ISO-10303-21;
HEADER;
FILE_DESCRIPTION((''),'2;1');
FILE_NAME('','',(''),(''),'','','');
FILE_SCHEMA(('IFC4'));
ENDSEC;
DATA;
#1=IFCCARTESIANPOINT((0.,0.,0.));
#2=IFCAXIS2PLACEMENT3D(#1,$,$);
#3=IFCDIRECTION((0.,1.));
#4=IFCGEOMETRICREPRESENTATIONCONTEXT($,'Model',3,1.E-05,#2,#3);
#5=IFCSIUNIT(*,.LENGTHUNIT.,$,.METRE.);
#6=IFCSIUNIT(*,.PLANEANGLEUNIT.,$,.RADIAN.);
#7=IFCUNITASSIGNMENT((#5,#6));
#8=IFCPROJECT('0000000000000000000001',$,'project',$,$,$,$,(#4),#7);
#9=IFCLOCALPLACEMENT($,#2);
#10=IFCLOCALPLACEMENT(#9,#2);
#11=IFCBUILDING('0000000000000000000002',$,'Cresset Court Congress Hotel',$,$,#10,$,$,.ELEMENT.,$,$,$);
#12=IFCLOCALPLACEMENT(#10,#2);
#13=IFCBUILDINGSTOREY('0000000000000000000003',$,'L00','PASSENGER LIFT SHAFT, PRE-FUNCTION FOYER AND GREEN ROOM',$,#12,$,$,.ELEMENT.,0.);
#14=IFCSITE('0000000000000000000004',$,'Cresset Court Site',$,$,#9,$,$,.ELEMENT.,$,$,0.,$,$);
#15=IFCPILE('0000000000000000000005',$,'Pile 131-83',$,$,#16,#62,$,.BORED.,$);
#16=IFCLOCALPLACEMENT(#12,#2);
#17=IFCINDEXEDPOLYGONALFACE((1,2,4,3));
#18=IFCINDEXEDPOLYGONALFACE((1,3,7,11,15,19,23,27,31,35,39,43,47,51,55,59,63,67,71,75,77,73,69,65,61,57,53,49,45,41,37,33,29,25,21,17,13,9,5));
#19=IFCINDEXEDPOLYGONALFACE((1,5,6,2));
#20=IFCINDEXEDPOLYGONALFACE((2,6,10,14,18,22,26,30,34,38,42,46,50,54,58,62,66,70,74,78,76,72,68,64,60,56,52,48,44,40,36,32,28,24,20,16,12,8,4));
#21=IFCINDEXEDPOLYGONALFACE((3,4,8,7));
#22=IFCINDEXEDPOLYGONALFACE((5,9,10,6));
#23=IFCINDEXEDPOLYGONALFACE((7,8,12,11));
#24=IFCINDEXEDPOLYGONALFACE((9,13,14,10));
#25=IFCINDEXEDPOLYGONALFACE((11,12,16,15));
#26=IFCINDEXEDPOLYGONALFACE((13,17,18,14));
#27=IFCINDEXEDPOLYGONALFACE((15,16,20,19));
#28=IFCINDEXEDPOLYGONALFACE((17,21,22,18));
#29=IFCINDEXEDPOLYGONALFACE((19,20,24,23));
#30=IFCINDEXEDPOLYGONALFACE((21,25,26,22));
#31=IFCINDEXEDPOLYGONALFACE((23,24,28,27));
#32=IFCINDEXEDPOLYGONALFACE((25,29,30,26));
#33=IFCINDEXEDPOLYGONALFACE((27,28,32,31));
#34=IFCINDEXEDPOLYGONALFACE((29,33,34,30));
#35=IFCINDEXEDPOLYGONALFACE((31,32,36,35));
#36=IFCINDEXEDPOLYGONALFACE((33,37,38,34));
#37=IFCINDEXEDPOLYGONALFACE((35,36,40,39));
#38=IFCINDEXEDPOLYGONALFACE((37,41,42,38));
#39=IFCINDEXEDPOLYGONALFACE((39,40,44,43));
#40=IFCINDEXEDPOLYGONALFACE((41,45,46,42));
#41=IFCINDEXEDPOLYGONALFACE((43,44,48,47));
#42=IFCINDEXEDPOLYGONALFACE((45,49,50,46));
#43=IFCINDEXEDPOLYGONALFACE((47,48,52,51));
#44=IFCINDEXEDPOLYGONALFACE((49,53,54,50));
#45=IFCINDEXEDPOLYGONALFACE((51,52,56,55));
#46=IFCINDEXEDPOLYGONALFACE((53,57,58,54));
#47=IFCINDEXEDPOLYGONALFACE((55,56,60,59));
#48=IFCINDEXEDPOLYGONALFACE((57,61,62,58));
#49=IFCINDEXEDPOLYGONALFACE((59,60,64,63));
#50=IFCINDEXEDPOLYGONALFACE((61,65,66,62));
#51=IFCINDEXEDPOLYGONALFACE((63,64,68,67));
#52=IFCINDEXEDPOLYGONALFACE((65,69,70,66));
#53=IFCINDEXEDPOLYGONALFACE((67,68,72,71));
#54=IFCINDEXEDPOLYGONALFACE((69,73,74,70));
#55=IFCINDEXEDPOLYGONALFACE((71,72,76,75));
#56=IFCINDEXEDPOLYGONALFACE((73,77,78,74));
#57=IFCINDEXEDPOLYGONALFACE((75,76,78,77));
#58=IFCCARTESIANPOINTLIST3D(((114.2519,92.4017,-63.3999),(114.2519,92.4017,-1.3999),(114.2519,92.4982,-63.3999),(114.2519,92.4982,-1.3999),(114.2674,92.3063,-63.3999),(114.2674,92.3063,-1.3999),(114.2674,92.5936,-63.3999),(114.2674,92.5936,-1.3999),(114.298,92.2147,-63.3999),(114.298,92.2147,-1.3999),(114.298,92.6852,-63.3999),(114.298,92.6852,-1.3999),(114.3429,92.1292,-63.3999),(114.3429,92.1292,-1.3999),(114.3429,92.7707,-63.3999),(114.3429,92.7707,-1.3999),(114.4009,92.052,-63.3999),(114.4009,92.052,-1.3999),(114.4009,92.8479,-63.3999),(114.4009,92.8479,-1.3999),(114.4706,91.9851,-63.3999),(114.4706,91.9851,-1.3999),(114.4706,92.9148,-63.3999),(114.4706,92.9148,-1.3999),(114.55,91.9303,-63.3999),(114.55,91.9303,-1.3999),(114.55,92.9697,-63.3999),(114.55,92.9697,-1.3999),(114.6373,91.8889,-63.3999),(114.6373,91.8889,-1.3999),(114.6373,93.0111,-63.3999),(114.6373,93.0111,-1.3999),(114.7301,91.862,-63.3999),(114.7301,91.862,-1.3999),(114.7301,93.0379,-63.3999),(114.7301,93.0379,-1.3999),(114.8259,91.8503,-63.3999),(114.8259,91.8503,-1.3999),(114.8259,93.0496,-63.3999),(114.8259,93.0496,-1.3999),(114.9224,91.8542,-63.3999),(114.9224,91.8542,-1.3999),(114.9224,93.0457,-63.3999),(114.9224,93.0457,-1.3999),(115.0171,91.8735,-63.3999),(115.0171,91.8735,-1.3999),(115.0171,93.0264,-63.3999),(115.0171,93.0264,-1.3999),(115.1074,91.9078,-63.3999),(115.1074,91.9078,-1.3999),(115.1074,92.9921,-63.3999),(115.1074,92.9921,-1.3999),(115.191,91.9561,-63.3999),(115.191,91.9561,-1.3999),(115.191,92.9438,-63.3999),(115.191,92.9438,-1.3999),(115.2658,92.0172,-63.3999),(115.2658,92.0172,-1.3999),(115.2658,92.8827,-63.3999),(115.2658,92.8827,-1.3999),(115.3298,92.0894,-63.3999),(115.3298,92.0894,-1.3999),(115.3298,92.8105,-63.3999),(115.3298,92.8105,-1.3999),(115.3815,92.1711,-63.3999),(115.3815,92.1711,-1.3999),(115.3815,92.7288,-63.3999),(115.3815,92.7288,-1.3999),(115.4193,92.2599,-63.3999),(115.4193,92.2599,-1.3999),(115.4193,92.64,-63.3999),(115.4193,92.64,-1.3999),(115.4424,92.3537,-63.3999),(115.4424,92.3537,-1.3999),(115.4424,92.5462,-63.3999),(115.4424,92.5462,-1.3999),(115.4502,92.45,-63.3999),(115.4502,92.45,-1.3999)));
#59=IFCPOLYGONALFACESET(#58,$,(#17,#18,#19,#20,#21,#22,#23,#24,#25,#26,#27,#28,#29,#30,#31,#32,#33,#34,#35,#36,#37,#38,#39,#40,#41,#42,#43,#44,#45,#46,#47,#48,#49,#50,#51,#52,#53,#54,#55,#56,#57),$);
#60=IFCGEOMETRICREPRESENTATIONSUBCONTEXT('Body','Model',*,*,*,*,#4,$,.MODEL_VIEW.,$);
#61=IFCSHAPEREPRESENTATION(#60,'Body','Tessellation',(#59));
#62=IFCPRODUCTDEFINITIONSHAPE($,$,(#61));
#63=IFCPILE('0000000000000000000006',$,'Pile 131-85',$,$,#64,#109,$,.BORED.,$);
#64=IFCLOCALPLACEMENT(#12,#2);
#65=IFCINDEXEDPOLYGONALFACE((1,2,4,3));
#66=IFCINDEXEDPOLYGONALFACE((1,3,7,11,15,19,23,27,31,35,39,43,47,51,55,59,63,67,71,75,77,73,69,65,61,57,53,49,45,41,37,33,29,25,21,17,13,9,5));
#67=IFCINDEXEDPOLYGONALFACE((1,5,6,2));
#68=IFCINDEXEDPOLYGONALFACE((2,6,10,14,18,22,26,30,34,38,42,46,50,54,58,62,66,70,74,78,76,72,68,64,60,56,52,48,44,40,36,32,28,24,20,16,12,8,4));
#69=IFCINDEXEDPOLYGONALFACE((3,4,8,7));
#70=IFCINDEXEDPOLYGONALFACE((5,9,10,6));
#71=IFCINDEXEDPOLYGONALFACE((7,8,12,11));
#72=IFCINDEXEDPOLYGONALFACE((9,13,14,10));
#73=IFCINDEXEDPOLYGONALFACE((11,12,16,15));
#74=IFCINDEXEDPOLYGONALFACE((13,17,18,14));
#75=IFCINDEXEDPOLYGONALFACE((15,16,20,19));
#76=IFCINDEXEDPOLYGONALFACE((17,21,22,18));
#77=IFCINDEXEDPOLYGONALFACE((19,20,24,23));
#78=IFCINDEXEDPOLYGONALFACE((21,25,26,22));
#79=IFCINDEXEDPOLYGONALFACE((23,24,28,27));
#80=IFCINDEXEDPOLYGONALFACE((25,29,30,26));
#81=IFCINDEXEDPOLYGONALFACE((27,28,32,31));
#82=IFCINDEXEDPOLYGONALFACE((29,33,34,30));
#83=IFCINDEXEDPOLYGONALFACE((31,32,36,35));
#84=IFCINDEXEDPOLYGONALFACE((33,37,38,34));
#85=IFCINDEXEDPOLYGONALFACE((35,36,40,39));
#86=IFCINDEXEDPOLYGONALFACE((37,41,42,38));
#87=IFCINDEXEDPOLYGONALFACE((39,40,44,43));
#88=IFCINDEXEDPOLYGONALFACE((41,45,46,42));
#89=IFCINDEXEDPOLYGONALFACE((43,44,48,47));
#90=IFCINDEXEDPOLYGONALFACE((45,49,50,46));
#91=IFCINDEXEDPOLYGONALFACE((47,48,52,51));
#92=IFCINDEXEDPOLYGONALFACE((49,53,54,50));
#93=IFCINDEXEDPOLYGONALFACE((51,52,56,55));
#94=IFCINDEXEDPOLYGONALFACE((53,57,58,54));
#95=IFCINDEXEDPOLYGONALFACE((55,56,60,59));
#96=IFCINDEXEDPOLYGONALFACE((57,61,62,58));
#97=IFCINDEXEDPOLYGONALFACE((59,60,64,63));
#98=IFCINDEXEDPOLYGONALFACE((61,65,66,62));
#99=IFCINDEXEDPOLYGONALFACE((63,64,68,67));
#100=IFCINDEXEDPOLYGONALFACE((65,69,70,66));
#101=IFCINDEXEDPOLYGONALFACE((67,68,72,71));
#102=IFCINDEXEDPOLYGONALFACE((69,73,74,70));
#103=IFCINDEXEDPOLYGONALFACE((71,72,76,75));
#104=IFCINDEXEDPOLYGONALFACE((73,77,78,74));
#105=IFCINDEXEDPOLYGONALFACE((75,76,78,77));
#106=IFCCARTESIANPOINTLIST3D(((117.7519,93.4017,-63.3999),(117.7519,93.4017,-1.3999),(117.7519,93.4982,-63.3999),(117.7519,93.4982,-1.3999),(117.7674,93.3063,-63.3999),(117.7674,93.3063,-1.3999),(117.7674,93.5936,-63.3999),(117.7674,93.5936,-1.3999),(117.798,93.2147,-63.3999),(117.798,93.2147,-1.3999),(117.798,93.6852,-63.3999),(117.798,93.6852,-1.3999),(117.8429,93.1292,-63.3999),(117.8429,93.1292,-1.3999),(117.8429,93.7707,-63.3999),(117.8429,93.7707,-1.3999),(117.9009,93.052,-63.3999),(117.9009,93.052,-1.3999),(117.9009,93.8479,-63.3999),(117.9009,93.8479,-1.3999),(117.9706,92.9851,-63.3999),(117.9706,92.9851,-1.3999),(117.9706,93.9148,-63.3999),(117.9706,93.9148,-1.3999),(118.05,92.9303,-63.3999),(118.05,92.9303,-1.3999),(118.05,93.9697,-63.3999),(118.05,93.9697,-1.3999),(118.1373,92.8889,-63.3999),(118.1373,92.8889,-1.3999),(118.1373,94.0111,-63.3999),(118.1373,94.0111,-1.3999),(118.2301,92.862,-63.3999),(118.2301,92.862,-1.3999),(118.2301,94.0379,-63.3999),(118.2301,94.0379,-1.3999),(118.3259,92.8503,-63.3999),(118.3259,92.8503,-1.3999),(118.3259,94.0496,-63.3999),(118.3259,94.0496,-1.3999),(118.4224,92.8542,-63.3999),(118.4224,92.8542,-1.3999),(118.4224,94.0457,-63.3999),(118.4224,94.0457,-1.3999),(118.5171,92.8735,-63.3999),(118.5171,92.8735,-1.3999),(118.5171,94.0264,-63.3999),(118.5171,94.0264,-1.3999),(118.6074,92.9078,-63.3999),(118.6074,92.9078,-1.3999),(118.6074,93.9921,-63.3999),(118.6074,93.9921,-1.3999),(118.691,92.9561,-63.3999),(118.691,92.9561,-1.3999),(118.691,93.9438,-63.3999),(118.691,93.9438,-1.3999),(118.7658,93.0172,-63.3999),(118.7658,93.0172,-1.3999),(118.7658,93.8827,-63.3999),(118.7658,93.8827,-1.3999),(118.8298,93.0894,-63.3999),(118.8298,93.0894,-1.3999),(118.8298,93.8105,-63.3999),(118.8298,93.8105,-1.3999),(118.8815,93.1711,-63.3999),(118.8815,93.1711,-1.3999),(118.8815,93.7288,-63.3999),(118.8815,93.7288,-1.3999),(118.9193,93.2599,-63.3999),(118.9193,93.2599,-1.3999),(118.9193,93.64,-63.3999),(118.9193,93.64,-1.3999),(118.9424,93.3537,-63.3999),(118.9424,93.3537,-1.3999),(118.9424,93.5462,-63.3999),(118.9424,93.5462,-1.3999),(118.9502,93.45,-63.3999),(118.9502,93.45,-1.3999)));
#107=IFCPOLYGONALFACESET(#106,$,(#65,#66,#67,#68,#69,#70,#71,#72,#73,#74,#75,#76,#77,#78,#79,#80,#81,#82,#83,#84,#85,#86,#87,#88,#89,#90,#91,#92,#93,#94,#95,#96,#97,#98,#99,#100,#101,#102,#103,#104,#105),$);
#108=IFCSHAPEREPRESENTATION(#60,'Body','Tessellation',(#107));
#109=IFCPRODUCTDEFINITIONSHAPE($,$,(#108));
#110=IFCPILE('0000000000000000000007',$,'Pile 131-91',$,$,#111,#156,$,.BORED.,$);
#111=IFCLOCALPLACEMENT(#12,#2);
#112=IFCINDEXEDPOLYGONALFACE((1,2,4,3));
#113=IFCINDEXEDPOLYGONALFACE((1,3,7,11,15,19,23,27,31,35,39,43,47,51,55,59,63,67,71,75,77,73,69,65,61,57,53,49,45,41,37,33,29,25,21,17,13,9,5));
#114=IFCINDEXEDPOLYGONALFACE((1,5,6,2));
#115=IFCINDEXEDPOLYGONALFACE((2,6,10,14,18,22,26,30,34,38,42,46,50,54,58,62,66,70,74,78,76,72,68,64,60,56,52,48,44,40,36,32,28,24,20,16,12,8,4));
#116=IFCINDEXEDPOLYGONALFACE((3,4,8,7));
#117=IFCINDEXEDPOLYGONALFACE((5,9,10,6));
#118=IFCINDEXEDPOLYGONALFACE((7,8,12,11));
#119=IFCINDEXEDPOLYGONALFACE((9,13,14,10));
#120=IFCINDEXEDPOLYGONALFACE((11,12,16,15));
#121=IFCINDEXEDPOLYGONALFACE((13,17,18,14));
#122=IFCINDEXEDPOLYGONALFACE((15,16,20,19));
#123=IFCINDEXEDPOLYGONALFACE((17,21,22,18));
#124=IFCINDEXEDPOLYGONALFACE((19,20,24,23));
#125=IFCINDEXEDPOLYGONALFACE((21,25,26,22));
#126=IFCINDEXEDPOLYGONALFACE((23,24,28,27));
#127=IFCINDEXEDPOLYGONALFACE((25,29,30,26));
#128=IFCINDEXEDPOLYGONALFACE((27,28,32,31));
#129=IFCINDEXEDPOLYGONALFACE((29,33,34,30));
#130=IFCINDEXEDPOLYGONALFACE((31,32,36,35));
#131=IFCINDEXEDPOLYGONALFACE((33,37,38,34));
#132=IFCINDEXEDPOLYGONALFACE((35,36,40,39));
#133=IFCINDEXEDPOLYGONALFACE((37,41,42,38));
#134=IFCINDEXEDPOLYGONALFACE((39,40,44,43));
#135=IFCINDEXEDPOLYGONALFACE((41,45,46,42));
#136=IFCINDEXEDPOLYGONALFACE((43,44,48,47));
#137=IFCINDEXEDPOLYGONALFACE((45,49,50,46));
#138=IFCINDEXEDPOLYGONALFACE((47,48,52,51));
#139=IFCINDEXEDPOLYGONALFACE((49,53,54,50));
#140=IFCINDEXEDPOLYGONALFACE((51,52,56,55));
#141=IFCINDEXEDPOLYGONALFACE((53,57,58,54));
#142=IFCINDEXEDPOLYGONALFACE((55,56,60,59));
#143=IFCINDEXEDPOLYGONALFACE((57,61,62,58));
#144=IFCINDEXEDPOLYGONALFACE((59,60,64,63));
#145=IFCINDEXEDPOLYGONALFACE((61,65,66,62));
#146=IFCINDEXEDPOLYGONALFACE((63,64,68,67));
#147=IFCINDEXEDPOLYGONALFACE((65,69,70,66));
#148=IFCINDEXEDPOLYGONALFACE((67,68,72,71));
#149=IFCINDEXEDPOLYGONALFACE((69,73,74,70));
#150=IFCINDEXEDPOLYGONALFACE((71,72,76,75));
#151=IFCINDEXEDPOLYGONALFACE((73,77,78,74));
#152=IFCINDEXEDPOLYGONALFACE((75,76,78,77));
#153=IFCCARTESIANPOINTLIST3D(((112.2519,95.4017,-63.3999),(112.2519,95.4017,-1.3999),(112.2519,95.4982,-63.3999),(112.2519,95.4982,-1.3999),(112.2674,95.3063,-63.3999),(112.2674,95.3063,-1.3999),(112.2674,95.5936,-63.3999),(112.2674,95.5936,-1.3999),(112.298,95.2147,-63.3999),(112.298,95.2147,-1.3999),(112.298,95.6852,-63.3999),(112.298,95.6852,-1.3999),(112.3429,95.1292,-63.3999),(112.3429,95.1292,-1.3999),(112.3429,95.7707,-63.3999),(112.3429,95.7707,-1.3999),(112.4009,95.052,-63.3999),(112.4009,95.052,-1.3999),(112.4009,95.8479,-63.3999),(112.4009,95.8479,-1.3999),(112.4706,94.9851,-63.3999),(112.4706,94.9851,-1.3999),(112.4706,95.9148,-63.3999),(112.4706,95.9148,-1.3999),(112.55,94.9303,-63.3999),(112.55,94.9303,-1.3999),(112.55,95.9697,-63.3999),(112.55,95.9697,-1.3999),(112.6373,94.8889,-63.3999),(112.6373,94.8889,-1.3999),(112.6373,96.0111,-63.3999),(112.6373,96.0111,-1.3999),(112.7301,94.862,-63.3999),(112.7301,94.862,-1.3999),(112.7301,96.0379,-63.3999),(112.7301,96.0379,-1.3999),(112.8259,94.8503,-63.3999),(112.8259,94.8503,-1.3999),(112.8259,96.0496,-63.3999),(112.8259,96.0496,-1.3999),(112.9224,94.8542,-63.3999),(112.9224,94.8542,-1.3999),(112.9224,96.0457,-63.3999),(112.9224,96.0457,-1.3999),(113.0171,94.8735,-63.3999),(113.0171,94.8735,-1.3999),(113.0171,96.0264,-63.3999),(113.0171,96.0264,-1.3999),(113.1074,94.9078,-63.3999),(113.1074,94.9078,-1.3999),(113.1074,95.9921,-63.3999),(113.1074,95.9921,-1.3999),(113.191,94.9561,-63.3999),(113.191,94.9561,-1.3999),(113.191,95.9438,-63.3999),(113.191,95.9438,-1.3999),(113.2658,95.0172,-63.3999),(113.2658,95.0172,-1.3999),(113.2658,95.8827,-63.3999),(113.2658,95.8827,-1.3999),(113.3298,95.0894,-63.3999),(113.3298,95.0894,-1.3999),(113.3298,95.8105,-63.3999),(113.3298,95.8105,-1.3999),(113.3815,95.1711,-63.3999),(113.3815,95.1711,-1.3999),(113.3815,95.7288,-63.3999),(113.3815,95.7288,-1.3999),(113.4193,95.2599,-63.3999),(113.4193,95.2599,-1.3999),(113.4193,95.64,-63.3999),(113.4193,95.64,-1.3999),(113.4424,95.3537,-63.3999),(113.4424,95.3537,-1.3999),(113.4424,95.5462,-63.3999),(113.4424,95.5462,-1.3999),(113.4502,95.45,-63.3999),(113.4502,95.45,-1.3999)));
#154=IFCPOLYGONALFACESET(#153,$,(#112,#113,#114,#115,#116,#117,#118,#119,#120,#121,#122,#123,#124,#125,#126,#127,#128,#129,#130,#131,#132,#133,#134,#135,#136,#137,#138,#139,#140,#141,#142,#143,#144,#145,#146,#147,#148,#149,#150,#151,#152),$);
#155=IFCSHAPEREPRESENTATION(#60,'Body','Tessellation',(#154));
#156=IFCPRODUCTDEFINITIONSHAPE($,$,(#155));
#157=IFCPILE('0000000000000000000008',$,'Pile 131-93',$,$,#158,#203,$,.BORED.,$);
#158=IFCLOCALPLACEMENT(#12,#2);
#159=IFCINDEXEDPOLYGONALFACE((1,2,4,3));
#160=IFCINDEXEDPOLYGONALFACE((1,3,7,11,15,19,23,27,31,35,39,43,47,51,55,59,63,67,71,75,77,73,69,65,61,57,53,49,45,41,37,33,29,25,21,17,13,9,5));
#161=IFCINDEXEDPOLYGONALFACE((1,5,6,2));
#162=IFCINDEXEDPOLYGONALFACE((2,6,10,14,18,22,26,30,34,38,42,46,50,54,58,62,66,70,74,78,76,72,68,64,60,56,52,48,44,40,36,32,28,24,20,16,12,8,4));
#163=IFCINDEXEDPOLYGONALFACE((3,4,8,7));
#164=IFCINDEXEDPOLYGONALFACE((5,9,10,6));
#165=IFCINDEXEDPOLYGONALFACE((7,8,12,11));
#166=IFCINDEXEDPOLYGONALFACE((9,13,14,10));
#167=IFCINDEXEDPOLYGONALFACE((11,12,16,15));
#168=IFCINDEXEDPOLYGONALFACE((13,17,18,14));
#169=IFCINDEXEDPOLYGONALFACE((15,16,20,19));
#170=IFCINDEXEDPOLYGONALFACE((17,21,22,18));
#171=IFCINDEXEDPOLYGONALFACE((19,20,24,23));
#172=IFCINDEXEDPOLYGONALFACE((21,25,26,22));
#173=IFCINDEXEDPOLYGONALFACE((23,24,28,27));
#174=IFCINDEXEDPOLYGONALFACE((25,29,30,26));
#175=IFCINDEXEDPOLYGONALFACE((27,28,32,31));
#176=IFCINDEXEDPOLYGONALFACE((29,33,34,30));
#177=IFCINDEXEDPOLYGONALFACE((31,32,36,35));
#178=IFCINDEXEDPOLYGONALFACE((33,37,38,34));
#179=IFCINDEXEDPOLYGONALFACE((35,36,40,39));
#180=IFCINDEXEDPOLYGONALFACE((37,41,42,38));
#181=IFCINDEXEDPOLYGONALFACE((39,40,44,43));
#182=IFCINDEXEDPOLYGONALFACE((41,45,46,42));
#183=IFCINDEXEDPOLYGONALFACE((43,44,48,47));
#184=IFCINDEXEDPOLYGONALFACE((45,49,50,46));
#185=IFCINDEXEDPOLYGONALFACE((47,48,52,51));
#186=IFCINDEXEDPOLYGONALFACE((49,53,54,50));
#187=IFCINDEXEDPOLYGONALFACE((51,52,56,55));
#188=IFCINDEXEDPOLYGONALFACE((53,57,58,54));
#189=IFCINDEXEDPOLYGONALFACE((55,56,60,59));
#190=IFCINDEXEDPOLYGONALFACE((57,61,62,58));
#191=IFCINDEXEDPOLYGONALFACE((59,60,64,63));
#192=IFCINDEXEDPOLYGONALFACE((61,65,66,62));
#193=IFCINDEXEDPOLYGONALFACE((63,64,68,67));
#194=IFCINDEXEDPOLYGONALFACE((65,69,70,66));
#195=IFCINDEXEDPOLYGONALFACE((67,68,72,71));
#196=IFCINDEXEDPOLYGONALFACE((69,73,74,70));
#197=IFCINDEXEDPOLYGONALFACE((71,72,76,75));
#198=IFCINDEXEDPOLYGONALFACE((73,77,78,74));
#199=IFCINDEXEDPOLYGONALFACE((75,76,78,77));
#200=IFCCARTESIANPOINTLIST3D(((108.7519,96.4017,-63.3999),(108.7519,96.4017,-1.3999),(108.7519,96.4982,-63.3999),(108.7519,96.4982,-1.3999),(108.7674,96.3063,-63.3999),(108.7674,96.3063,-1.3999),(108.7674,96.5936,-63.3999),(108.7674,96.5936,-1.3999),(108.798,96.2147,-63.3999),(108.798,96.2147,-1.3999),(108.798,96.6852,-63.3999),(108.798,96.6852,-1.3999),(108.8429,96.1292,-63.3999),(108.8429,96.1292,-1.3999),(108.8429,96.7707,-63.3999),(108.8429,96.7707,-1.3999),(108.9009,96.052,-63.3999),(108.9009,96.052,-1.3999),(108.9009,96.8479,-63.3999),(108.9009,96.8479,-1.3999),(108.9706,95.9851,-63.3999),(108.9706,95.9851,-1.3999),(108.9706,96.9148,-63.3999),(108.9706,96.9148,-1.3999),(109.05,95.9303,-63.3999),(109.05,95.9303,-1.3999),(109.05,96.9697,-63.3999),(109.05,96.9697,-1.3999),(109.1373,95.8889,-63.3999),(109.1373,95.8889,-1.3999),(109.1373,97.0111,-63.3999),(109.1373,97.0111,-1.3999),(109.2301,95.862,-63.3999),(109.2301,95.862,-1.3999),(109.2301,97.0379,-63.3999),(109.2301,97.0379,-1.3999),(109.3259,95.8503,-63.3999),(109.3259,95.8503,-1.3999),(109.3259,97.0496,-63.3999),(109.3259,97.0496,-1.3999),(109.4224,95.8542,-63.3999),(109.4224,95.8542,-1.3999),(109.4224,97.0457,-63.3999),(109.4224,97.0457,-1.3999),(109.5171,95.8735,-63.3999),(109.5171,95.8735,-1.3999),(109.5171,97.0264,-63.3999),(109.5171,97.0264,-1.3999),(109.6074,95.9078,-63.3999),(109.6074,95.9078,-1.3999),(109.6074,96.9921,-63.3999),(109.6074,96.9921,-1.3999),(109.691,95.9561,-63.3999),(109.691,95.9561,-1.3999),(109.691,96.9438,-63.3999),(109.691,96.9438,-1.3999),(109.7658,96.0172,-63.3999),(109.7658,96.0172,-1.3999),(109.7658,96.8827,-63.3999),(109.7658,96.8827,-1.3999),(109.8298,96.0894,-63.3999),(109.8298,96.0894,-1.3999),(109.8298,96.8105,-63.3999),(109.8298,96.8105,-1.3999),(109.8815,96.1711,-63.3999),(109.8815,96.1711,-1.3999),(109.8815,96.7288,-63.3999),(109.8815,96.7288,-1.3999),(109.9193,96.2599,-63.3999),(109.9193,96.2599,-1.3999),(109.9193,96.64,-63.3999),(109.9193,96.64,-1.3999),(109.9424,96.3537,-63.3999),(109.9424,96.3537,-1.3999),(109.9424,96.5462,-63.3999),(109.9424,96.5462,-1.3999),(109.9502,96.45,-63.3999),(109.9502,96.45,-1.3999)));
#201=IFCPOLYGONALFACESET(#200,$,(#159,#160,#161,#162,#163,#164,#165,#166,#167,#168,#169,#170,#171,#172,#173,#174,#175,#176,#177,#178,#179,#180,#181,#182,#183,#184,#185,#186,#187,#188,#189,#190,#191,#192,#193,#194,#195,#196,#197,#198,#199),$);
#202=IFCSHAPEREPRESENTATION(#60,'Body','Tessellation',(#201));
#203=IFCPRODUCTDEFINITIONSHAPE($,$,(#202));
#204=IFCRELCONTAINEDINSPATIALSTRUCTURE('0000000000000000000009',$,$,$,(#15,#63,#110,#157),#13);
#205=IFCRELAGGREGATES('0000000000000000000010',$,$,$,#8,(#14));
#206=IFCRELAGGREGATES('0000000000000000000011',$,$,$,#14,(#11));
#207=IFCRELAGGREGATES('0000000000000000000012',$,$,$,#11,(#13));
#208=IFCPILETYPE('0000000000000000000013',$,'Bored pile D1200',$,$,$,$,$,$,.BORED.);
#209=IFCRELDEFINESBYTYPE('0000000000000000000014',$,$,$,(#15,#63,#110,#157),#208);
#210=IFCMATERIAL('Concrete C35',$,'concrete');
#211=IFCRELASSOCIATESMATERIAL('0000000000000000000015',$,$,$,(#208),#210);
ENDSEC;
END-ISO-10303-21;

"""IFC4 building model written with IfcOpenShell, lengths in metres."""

from ifc_helpers import new_model, si_unit, direction, frame, origin, origin_2d, place, context, subcontext, project, spatial, circle, extrude, material, type_object, element, save


model = new_model("IFC4")

# Units and contexts
model_context = context("Model", 3, precision=1e-05, world=origin(), true_north=direction((0.0, 1.0)))
body_context = subcontext(model_context, "Body", "Model", "MODEL_VIEW")
ifc_project = project(units=[si_unit("LENGTHUNIT", "METRE"), si_unit("PLANEANGLEUNIT", "RADIAN")], contexts=[model_context])

# Site, building, storey
site_placement = place(None, origin())
site = spatial("IfcSite", under=ifc_project, at=site_placement, Name="Cresset Court Site", CompositionType="ELEMENT", RefElevation=0.0)
building_placement = place(site_placement, origin())
building = spatial("IfcBuilding", under=site, at=building_placement, Name="Cresset Court Congress Hotel", CompositionType="ELEMENT")
storey_placement = place(building_placement, origin())
storey = spatial("IfcBuildingStorey", under=building, at=storey_placement, Name="L00", Description="PASSENGER LIFT SHAFT, PRE-FUNCTION FOYER AND GREEN ROOM", CompositionType="ELEMENT", Elevation=0.0)

# Piles
ifc_material_1 = material(Name="Concrete C35", Category="concrete")
pile_type = type_object("IfcPileType", Name="Bored pile D1200", PredefinedType="BORED", material=ifc_material_1)
for number, where, z_axis, x_axis, name in (
    (1, (114.8501, 92.45, -1.3999), (0.0, 0.0, -1.0), (1.0, 0.0, 0.0), "Pile 131-83"),
    (2, (118.3501, 93.45, -1.3999), (0.0, 0.0, -1.0), (1.0, 0.0, 0.0), "Pile 131-85"),
    (3, (112.8501, 95.45, -1.3999), (0.0, 0.0, -1.0), (1.0, 0.0, 0.0), "Pile 131-91"),
    (4, (109.3501, 96.45, -1.3999), (0.0, 0.0, -1.0), (1.0, 0.0, 0.0), "Pile 131-93"),
):
    element("IfcPile", number, at=place(storey_placement, frame(where, z_axis=z_axis, x_axis=x_axis)), inside=storey, type_object=pile_type, Name=name, PredefinedType="BORED", context=body_context, shape_type="SweptSolid", body=[
        extrude(circle(Radius=0.6001, at=origin_2d()), origin(), (0.0, 0.0, 1.0), 62.0),
    ])

save(model, "model.ifc")
